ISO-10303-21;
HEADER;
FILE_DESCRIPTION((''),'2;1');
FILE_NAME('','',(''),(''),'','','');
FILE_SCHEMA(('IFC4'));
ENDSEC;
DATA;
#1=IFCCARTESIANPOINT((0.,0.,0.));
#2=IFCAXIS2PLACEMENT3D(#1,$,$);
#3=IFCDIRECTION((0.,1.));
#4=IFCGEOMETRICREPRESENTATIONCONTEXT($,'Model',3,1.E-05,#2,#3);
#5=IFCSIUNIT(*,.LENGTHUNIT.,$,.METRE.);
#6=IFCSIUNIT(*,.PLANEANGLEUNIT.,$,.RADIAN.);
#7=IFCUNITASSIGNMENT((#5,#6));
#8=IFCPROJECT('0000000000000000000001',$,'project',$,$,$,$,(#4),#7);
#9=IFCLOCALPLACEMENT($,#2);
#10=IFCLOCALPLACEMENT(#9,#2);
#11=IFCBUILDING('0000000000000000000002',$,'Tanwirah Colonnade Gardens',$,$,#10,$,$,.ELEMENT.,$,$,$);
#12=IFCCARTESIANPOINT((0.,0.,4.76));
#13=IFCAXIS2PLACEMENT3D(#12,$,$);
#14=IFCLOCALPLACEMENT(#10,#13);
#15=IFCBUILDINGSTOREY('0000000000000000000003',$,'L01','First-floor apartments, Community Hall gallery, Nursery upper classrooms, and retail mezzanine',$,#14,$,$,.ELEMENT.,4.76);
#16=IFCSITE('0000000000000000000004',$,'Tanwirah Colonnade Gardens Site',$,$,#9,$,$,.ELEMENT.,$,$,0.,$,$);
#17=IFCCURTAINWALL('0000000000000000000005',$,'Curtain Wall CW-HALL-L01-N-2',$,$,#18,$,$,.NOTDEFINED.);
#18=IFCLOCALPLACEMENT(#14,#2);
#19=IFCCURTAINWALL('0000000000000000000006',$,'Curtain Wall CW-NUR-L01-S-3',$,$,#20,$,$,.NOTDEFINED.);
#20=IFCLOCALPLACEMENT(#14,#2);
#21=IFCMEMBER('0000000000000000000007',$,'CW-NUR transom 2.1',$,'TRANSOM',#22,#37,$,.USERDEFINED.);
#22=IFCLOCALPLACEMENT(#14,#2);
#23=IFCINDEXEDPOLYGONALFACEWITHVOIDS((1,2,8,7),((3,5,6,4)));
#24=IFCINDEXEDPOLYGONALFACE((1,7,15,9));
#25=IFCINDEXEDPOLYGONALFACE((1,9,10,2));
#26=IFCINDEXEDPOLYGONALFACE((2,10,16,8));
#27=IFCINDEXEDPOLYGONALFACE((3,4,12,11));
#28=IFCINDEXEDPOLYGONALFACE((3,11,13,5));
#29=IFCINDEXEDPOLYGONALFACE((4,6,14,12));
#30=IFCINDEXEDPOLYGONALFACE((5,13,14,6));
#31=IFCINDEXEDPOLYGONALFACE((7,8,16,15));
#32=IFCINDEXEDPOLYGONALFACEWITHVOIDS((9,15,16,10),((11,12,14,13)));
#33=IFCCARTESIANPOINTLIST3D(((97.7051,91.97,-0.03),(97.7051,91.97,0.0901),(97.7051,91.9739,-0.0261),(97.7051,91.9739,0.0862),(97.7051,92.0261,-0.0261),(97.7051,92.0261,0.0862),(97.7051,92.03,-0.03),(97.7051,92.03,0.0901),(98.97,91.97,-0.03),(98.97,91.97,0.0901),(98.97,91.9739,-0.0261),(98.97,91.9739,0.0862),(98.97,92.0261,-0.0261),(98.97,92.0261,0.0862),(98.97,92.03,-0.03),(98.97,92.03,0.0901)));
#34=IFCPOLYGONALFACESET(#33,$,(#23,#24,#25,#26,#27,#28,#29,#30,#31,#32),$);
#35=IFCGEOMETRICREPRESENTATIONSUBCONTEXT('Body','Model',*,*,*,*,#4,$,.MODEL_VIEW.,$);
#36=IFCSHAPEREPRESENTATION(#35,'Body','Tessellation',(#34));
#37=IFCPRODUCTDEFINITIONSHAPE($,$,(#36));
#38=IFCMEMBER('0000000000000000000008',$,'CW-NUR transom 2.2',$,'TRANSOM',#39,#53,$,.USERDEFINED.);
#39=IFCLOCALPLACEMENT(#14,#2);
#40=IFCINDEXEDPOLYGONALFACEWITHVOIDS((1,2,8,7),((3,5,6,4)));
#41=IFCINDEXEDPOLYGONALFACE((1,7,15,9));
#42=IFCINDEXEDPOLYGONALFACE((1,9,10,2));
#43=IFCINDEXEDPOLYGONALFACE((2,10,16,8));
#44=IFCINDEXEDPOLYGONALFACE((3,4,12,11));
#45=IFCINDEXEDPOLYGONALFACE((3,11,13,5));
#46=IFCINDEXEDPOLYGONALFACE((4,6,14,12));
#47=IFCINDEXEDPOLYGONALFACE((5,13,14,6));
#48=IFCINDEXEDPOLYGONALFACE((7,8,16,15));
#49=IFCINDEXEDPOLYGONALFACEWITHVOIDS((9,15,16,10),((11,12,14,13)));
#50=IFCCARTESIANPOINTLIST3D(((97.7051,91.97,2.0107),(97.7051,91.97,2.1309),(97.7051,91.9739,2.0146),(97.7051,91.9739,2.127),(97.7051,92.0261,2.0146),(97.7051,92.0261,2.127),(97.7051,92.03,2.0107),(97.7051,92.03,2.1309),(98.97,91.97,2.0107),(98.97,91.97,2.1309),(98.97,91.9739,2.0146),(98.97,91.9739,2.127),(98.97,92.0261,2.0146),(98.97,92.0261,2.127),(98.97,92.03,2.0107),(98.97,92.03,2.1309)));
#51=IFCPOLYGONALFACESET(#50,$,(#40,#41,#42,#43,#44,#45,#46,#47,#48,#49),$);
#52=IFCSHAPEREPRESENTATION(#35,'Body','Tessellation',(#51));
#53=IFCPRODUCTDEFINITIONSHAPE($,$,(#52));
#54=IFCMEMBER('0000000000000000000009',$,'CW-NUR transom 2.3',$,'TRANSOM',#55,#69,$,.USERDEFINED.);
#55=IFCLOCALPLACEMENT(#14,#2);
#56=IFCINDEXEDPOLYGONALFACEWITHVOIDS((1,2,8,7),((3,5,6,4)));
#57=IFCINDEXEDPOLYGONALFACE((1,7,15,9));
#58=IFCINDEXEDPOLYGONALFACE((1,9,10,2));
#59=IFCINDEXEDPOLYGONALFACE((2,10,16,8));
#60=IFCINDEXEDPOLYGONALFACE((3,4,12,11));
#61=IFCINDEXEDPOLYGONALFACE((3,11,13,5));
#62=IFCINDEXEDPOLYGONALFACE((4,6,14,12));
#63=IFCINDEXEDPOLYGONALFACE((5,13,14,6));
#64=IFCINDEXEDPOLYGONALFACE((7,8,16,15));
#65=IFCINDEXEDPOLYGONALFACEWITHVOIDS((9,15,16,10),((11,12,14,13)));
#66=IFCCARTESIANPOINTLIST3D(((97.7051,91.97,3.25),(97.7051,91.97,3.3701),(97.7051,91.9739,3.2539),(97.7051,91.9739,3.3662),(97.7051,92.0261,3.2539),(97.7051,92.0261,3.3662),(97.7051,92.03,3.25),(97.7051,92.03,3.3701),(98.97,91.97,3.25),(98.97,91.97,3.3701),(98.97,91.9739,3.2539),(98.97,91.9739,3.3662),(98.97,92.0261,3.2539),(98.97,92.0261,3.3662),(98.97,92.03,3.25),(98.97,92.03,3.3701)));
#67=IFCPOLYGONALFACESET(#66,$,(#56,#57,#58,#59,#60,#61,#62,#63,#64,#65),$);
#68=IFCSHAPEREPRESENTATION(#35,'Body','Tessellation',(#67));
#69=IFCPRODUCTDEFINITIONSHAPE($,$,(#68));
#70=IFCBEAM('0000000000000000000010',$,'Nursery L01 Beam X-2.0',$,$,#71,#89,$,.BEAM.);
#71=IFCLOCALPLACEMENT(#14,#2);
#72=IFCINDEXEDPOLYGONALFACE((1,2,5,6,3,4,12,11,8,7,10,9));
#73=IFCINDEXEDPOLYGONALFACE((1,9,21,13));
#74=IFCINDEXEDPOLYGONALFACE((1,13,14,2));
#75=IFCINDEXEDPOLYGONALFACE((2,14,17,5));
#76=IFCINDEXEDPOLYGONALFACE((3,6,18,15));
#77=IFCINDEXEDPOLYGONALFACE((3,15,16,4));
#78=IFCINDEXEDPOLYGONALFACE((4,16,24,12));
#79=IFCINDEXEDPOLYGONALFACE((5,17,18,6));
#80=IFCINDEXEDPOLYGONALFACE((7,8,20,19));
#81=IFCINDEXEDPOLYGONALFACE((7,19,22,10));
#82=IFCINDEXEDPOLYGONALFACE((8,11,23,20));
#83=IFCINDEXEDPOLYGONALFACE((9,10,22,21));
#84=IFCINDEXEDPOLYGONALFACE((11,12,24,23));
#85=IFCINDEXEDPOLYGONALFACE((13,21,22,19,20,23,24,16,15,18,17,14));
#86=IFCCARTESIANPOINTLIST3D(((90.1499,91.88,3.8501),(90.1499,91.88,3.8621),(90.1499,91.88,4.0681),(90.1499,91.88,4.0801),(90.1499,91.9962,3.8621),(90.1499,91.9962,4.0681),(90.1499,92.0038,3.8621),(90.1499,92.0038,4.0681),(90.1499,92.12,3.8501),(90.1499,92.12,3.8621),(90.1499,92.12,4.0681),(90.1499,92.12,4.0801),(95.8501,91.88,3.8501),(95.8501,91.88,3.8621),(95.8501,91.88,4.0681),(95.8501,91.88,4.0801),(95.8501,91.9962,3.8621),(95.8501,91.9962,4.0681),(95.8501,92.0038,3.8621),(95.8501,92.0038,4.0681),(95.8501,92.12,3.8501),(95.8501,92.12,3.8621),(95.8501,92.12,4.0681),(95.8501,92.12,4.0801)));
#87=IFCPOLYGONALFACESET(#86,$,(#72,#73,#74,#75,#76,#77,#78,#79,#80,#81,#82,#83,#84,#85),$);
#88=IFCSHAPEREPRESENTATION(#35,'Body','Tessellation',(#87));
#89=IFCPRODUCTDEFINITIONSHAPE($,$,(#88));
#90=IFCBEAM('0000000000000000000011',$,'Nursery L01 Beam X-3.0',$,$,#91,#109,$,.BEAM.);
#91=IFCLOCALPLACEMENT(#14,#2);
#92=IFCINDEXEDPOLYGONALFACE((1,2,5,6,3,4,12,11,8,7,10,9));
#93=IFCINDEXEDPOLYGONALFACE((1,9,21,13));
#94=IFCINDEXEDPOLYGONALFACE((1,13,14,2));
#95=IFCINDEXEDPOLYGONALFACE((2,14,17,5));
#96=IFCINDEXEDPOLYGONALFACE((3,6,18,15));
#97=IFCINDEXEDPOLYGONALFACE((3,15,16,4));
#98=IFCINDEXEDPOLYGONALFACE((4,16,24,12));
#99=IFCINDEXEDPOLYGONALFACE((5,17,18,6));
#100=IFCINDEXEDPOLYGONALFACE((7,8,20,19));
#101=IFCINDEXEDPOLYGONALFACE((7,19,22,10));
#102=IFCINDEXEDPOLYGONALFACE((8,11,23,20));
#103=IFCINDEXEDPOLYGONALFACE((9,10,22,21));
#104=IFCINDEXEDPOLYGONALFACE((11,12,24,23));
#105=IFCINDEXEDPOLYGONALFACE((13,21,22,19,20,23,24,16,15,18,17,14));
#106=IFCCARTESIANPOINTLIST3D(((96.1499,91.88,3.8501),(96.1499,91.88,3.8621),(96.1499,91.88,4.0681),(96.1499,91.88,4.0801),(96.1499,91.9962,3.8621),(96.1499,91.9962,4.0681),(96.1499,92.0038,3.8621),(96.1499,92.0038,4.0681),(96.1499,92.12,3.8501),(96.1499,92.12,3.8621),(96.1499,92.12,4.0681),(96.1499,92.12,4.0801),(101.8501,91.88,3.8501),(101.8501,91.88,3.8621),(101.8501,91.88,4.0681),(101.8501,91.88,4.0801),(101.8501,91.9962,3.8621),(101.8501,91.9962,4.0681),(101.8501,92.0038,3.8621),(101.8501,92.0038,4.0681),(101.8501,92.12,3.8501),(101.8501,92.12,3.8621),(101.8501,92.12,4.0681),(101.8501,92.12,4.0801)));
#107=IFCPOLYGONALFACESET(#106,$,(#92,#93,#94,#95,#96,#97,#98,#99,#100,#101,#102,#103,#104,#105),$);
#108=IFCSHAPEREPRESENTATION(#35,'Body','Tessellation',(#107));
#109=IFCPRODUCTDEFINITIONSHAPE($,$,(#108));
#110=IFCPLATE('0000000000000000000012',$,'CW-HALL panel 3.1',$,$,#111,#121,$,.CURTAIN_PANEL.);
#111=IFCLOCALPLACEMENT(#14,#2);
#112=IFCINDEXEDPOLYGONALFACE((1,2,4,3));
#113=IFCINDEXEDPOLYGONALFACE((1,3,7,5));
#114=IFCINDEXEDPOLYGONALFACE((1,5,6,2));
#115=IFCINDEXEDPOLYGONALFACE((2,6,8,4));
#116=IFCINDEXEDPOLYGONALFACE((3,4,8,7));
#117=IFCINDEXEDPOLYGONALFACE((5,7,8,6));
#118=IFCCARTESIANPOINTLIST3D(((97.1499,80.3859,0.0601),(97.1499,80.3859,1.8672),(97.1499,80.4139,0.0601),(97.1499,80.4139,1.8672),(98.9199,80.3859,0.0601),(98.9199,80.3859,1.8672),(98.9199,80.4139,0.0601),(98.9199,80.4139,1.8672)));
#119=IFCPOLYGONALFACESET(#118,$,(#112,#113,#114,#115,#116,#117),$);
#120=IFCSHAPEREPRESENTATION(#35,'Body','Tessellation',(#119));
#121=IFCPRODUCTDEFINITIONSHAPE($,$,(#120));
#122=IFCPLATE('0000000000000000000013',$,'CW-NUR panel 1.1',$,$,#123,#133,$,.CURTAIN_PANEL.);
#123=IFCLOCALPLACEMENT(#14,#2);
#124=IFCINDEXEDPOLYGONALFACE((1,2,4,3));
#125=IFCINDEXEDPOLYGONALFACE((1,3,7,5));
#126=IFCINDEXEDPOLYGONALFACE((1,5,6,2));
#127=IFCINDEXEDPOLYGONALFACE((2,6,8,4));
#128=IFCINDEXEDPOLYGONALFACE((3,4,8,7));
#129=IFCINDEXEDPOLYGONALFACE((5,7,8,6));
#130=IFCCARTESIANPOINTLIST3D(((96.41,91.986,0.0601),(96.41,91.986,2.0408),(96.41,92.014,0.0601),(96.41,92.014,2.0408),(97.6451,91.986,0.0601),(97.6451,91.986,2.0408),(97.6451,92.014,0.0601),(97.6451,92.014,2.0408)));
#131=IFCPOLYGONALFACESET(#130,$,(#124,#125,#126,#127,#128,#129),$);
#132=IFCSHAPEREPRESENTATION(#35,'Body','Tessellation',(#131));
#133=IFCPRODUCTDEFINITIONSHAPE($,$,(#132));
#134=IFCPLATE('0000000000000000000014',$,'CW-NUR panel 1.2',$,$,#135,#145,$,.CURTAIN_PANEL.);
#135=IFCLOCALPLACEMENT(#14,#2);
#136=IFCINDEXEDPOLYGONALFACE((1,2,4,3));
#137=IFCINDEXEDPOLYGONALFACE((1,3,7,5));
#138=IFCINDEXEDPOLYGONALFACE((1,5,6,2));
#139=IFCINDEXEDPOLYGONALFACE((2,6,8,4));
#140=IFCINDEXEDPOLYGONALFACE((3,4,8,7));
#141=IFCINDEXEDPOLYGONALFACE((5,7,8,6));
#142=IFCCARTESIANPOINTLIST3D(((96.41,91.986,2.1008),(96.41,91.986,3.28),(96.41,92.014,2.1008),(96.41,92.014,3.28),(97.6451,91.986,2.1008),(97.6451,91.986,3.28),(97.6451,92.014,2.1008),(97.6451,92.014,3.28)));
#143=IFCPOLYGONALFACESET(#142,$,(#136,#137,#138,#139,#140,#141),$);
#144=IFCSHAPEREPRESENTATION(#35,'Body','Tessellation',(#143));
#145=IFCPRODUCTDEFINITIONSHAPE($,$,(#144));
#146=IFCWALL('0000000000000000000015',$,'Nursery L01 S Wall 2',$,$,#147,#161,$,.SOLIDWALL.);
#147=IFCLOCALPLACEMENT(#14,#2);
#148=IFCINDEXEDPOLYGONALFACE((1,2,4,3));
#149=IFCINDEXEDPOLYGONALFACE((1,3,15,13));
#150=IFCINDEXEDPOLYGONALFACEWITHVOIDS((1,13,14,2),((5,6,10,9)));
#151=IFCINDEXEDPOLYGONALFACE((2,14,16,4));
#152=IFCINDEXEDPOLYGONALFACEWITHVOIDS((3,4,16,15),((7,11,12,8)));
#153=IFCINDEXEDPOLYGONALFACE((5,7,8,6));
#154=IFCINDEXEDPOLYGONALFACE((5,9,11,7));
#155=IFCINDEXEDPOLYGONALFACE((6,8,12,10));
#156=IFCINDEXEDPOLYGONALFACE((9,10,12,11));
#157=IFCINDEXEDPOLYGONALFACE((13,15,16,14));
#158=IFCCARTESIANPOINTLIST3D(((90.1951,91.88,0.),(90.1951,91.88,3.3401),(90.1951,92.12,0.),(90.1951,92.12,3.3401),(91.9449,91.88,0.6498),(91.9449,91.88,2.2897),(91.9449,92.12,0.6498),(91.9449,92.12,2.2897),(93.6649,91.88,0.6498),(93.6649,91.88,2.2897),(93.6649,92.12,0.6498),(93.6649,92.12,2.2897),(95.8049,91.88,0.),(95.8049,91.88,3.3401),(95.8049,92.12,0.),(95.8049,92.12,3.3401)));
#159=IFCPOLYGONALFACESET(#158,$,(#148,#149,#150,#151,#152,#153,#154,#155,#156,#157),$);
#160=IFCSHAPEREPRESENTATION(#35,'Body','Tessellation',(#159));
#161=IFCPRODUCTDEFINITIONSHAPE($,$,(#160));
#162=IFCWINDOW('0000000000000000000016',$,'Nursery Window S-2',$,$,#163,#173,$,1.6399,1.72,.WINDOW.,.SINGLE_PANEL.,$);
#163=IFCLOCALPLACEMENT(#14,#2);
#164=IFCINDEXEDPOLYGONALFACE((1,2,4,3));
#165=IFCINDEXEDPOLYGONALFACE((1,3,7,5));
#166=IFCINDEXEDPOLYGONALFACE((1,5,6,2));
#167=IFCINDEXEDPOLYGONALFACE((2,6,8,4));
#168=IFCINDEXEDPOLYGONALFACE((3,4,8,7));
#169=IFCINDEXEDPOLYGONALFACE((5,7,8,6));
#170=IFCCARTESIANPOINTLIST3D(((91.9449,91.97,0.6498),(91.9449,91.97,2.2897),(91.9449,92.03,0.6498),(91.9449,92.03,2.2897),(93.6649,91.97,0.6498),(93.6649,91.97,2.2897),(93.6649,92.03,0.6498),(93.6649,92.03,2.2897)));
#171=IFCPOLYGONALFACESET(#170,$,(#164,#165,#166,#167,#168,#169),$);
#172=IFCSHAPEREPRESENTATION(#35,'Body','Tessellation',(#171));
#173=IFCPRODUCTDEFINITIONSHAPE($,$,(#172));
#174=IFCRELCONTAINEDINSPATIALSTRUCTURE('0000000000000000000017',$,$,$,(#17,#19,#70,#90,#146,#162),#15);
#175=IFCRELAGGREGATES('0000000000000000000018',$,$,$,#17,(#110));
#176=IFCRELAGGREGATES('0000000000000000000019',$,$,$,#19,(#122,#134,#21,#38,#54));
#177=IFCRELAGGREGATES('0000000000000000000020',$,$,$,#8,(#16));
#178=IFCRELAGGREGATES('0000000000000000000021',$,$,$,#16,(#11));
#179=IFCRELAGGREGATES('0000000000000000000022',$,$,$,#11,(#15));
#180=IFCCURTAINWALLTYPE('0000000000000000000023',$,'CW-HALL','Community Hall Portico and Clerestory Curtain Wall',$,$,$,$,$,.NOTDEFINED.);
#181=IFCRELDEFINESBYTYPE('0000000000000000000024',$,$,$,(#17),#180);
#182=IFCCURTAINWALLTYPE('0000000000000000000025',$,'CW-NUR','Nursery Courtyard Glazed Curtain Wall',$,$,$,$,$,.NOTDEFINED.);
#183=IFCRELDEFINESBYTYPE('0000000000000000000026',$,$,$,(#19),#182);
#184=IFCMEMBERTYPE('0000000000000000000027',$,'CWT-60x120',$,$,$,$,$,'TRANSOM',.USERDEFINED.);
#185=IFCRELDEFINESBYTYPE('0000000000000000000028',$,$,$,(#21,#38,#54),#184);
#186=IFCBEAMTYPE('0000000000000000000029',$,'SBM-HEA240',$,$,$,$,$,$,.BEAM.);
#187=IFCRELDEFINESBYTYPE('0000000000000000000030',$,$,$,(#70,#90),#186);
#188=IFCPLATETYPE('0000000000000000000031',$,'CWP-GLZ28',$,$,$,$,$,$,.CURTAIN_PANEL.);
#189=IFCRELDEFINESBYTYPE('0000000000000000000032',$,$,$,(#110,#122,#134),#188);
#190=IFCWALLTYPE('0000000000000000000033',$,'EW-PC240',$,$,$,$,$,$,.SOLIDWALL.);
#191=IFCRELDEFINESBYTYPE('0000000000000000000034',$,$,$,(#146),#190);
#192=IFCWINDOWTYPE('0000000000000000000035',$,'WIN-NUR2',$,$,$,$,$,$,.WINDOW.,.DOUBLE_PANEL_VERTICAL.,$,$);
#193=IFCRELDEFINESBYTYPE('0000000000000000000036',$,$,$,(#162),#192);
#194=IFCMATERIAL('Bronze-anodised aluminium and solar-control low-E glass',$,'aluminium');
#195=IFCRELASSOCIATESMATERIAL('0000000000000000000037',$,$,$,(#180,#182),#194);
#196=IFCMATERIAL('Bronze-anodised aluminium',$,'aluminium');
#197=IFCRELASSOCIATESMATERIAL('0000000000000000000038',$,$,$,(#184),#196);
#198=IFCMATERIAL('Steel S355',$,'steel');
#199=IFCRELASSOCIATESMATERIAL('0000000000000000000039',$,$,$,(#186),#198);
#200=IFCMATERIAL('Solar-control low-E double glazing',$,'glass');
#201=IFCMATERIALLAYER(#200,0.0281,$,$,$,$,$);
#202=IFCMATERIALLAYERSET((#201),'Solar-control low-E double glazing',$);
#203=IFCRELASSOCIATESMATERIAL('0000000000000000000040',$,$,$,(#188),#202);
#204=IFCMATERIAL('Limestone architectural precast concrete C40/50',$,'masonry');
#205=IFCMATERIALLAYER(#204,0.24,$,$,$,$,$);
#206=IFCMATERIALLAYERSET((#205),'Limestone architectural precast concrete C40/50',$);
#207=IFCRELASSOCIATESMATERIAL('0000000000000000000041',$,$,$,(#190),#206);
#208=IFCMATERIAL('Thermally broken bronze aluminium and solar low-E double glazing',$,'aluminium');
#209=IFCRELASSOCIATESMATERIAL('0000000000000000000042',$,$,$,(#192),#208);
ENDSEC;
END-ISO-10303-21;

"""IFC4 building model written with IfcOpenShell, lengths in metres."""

from ifc_helpers import new_model, si_unit, direction, frame, frame_2d, origin, origin_2d, place, context, subcontext, project, spatial, rectangle, hollow_rectangle, i_section, extrude, material, layer, layer_set, material_profile, profile_set, type_object, element, fill, aggregate, save


model = new_model("IFC4")

# Units and contexts
model_context = context("Model", 3, precision=1e-05, world=origin(), true_north=direction((0.0, 1.0)))
body_context = subcontext(model_context, "Body", "Model", "MODEL_VIEW")
ifc_project = project(units=[si_unit("LENGTHUNIT", "METRE"), si_unit("PLANEANGLEUNIT", "RADIAN")], contexts=[model_context])

# Site, building, storey
site_placement = place(None, origin())
site = spatial("IfcSite", under=ifc_project, at=site_placement, Name="Tanwirah Colonnade Gardens Site", CompositionType="ELEMENT", RefElevation=0.0)
building_placement = place(site_placement, origin())
building = spatial("IfcBuilding", under=site, at=building_placement, Name="Tanwirah Colonnade Gardens", CompositionType="ELEMENT")
storey_placement = place(building_placement, frame((0.0, 0.0, 4.76)))
storey = spatial("IfcBuildingStorey", under=building, at=storey_placement, Name="L01", Description="First-floor apartments, Community Hall gallery, Nursery upper classrooms, and retail mezzanine", CompositionType="ELEMENT", Elevation=4.76)

# Curtain wall
ifc_material_1 = material(Name="Bronze-anodised aluminium and solar-control low-E glass", Category="aluminium")
curtain_wall_type_1 = type_object("IfcCurtainWallType", Name="CW-HALL", Description="Community Hall Portico and Clerestory Curtain Wall", PredefinedType="NOTDEFINED", material=ifc_material_1)
curtain_wall_1_placement = place(storey_placement, origin())
curtain_wall_1 = element("IfcCurtainWall", 1, at=curtain_wall_1_placement, inside=storey, type_object=curtain_wall_type_1, Name="Curtain Wall CW-HALL-L01-N-2", PredefinedType="NOTDEFINED")
ifc_material_2 = material(Name="Bronze-anodised aluminium", Category="aluminium")

# Curtain wall
curtain_wall_type_2 = type_object("IfcCurtainWallType", Name="CW-NUR", Description="Nursery Courtyard Glazed Curtain Wall", PredefinedType="NOTDEFINED", material=ifc_material_1)
curtain_wall_2_placement = place(storey_placement, origin())
curtain_wall_2 = element("IfcCurtainWall", 2, at=curtain_wall_2_placement, inside=storey, type_object=curtain_wall_type_2, Name="Curtain Wall CW-NUR-L01-S-3", PredefinedType="NOTDEFINED")

# Members
ifc_material_profile_1 = material_profile(ifc_material_2, hollow_rectangle(XDim=0.0601, YDim=0.1201, WallThickness=0.0039, at=origin_2d()), Name="CW-TRN 60x120x4")
ifc_profile_set_1 = profile_set([ifc_material_profile_1], Name="Bronze-anodised aluminium")
member_type_1 = type_object("IfcMemberType", Name="CWT-60x120", ElementType="TRANSOM", PredefinedType="USERDEFINED", material=ifc_profile_set_1)
member_1_placement = place(storey_placement, frame((97.7051, 92.0, 0.03), z_axis=(1.0, 0.0, 0.0), x_axis=(0.0, 1.0, 0.0)))
member_1 = element("IfcMember", 3, at=member_1_placement, type_object=member_type_1, Name="CW-NUR transom 2.1", ObjectType="TRANSOM", PredefinedType="USERDEFINED", context=body_context, shape_type="SweptSolid", body=[
    extrude(hollow_rectangle(XDim=0.0601, YDim=0.1201, WallThickness=0.0039, at=origin_2d()), origin(), (0.0, 0.0, 1.0), 1.2649),
])
member_2_placement = place(storey_placement, frame((97.7051, 92.0, 2.0708), z_axis=(1.0, 0.0, 0.0), x_axis=(0.0, 1.0, 0.0)))
member_2 = element("IfcMember", 4, at=member_2_placement, type_object=member_type_1, Name="CW-NUR transom 2.2", ObjectType="TRANSOM", PredefinedType="USERDEFINED", context=body_context, shape_type="SweptSolid", body=[
    extrude(hollow_rectangle(XDim=0.0601, YDim=0.1201, WallThickness=0.0039, at=origin_2d()), origin(), (0.0, 0.0, 1.0), 1.2649),
])
member_3_placement = place(storey_placement, frame((97.7051, 92.0, 3.3101), z_axis=(1.0, 0.0, 0.0), x_axis=(0.0, 1.0, 0.0)))
member_3 = element("IfcMember", 5, at=member_3_placement, type_object=member_type_1, Name="CW-NUR transom 2.3", ObjectType="TRANSOM", PredefinedType="USERDEFINED", context=body_context, shape_type="SweptSolid", body=[
    extrude(hollow_rectangle(XDim=0.0601, YDim=0.1201, WallThickness=0.0039, at=origin_2d()), origin(), (0.0, 0.0, 1.0), 1.2649),
])

# Beams
ifc_material_3 = material(Name="Steel S355", Category="steel")
ifc_material_profile_2 = material_profile(ifc_material_3, i_section(OverallWidth=0.24, OverallDepth=0.23, WebThickness=0.0076, FlangeThickness=0.012, at=origin_2d()), Name="HEA 240")
ifc_profile_set_2 = profile_set([ifc_material_profile_2], Name="Steel S355")
beam_type = type_object("IfcBeamType", Name="SBM-HEA240", PredefinedType="BEAM", material=ifc_profile_set_2)
for number, where, z_axis, x_axis, name in (
    (6, (90.1499, 92.0, 3.9651), (1.0, 0.0, 0.0), (0.0, 1.0, 0.0), "Nursery L01 Beam X-2.0"),
    (7, (96.1499, 92.0, 3.9651), (1.0, 0.0, 0.0), (0.0, 1.0, 0.0), "Nursery L01 Beam X-3.0"),
):
    element("IfcBeam", number, at=place(storey_placement, frame(where, z_axis=z_axis, x_axis=x_axis)), inside=storey, type_object=beam_type, Name=name, PredefinedType="BEAM", context=body_context, shape_type="SweptSolid", body=[
        extrude(i_section(OverallWidth=0.24, OverallDepth=0.23, WebThickness=0.0076, FlangeThickness=0.012, at=origin_2d()), origin(), (0.0, 0.0, 1.0), 5.7002),
    ])

# Plates
ifc_material_4 = material(Name="Solar-control low-E double glazing", Category="glass")
ifc_layer_1 = layer(ifc_material_4, 0.0281)
ifc_layer_set_1 = layer_set([ifc_layer_1], Name="Solar-control low-E double glazing")
plate_type = type_object("IfcPlateType", Name="CWP-GLZ28", PredefinedType="CURTAIN_PANEL", material=ifc_layer_set_1)
plate_1_placement = place(storey_placement, frame((98.0349, 80.3999, 0.0601), z_axis=(0.0, 0.0, 1.0), x_axis=(1.0, 0.0, 0.0)))
plate_1 = element("IfcPlate", 8, at=plate_1_placement, type_object=plate_type, Name="CW-HALL panel 3.1", PredefinedType="CURTAIN_PANEL", context=body_context, shape_type="SweptSolid", body=[
    extrude(rectangle(XDim=1.77, YDim=0.0281, at=origin_2d()), origin(), (0.0, 0.0, 1.0), 1.8071),
])
aggregate(curtain_wall_1, [plate_1])
plate_2_placement = place(storey_placement, frame((97.0276, 92.0, 0.0601), z_axis=(0.0, 0.0, 1.0), x_axis=(1.0, 0.0, 0.0)))
plate_2 = element("IfcPlate", 9, at=plate_2_placement, type_object=plate_type, Name="CW-NUR panel 1.1", PredefinedType="CURTAIN_PANEL", context=body_context, shape_type="SweptSolid", body=[
    extrude(rectangle(XDim=1.2351, YDim=0.0281, at=origin_2d()), origin(), (0.0, 0.0, 1.0), 1.9807),
])
plate_3_placement = place(storey_placement, frame((97.0276, 92.0, 2.1008), z_axis=(0.0, 0.0, 1.0), x_axis=(1.0, 0.0, 0.0)))
plate_3 = element("IfcPlate", 10, at=plate_3_placement, type_object=plate_type, Name="CW-NUR panel 1.2", PredefinedType="CURTAIN_PANEL", context=body_context, shape_type="SweptSolid", body=[
    extrude(rectangle(XDim=1.2351, YDim=0.0281, at=origin_2d()), origin(), (0.0, 0.0, 1.0), 1.1792),
])
aggregate(curtain_wall_2, [plate_2, plate_3, member_1, member_2, member_3])

# Wall, opening, window
ifc_material_5 = material(Name="Limestone architectural precast concrete C40/50", Category="masonry")
ifc_layer_2 = layer(ifc_material_5, 0.24)
ifc_layer_set_2 = layer_set([ifc_layer_2], Name="Limestone architectural precast concrete C40/50")
wall_type = type_object("IfcWallType", Name="EW-PC240", PredefinedType="SOLIDWALL", material=ifc_layer_set_2)
wall_placement = place(storey_placement, frame((90.1951, 92.0, 0.0), z_axis=(0.0, 0.0, 1.0), x_axis=(1.0, 0.0, 0.0)))
wall = element("IfcWall", 11, at=wall_placement, inside=storey, type_object=wall_type, Name="Nursery L01 S Wall 2", PredefinedType="SOLIDWALL", context=body_context, shape_type="SweptSolid", body=[
    extrude(rectangle(XDim=5.6099, YDim=0.24, at=frame_2d((2.8049, 0.0))), origin(), (0.0, 0.0, 1.0), 3.3401),
])
opening_placement = place(wall_placement, frame((1.75, 0.0, 0.6499)))
opening = element("IfcOpeningElement", 12, at=opening_placement, cuts=wall, PredefinedType="OPENING", context=body_context, shape_type="SweptSolid", body=[
    extrude(rectangle(XDim=1.72, YDim=1.6399, at=frame_2d((0.8599, 0.8198))), frame((0.0, 0.1299, 0.0), z_axis=(0.0, -1.0, 0.0), x_axis=(1.0, 0.0, 0.0)), (0.0, 0.0, 1.0), 0.26),
])
ifc_material_6 = material(Name="Thermally broken bronze aluminium and solar low-E double glazing", Category="aluminium")
window_type = type_object("IfcWindowType", Name="WIN-NUR2", PartitioningType="DOUBLE_PANEL_VERTICAL", PredefinedType="WINDOW", material=ifc_material_6)
window_placement = place(opening_placement, origin())
window = element("IfcWindow", 13, at=window_placement, inside=storey, type_object=window_type, Name="Nursery Window S-2", OverallHeight=1.6399, OverallWidth=1.72, PartitioningType="SINGLE_PANEL", PredefinedType="WINDOW", context=body_context, shape_type="SweptSolid", body=[
    extrude(rectangle(XDim=1.72, YDim=1.6399, at=frame_2d((0.8599, 0.8198))), frame((0.0, 0.03, 0.0), z_axis=(0.0, -1.0, 0.0), x_axis=(1.0, 0.0, 0.0)), (0.0, 0.0, 1.0), 0.0601),
])
fill(opening, window)

save(model, "model.ifc")
